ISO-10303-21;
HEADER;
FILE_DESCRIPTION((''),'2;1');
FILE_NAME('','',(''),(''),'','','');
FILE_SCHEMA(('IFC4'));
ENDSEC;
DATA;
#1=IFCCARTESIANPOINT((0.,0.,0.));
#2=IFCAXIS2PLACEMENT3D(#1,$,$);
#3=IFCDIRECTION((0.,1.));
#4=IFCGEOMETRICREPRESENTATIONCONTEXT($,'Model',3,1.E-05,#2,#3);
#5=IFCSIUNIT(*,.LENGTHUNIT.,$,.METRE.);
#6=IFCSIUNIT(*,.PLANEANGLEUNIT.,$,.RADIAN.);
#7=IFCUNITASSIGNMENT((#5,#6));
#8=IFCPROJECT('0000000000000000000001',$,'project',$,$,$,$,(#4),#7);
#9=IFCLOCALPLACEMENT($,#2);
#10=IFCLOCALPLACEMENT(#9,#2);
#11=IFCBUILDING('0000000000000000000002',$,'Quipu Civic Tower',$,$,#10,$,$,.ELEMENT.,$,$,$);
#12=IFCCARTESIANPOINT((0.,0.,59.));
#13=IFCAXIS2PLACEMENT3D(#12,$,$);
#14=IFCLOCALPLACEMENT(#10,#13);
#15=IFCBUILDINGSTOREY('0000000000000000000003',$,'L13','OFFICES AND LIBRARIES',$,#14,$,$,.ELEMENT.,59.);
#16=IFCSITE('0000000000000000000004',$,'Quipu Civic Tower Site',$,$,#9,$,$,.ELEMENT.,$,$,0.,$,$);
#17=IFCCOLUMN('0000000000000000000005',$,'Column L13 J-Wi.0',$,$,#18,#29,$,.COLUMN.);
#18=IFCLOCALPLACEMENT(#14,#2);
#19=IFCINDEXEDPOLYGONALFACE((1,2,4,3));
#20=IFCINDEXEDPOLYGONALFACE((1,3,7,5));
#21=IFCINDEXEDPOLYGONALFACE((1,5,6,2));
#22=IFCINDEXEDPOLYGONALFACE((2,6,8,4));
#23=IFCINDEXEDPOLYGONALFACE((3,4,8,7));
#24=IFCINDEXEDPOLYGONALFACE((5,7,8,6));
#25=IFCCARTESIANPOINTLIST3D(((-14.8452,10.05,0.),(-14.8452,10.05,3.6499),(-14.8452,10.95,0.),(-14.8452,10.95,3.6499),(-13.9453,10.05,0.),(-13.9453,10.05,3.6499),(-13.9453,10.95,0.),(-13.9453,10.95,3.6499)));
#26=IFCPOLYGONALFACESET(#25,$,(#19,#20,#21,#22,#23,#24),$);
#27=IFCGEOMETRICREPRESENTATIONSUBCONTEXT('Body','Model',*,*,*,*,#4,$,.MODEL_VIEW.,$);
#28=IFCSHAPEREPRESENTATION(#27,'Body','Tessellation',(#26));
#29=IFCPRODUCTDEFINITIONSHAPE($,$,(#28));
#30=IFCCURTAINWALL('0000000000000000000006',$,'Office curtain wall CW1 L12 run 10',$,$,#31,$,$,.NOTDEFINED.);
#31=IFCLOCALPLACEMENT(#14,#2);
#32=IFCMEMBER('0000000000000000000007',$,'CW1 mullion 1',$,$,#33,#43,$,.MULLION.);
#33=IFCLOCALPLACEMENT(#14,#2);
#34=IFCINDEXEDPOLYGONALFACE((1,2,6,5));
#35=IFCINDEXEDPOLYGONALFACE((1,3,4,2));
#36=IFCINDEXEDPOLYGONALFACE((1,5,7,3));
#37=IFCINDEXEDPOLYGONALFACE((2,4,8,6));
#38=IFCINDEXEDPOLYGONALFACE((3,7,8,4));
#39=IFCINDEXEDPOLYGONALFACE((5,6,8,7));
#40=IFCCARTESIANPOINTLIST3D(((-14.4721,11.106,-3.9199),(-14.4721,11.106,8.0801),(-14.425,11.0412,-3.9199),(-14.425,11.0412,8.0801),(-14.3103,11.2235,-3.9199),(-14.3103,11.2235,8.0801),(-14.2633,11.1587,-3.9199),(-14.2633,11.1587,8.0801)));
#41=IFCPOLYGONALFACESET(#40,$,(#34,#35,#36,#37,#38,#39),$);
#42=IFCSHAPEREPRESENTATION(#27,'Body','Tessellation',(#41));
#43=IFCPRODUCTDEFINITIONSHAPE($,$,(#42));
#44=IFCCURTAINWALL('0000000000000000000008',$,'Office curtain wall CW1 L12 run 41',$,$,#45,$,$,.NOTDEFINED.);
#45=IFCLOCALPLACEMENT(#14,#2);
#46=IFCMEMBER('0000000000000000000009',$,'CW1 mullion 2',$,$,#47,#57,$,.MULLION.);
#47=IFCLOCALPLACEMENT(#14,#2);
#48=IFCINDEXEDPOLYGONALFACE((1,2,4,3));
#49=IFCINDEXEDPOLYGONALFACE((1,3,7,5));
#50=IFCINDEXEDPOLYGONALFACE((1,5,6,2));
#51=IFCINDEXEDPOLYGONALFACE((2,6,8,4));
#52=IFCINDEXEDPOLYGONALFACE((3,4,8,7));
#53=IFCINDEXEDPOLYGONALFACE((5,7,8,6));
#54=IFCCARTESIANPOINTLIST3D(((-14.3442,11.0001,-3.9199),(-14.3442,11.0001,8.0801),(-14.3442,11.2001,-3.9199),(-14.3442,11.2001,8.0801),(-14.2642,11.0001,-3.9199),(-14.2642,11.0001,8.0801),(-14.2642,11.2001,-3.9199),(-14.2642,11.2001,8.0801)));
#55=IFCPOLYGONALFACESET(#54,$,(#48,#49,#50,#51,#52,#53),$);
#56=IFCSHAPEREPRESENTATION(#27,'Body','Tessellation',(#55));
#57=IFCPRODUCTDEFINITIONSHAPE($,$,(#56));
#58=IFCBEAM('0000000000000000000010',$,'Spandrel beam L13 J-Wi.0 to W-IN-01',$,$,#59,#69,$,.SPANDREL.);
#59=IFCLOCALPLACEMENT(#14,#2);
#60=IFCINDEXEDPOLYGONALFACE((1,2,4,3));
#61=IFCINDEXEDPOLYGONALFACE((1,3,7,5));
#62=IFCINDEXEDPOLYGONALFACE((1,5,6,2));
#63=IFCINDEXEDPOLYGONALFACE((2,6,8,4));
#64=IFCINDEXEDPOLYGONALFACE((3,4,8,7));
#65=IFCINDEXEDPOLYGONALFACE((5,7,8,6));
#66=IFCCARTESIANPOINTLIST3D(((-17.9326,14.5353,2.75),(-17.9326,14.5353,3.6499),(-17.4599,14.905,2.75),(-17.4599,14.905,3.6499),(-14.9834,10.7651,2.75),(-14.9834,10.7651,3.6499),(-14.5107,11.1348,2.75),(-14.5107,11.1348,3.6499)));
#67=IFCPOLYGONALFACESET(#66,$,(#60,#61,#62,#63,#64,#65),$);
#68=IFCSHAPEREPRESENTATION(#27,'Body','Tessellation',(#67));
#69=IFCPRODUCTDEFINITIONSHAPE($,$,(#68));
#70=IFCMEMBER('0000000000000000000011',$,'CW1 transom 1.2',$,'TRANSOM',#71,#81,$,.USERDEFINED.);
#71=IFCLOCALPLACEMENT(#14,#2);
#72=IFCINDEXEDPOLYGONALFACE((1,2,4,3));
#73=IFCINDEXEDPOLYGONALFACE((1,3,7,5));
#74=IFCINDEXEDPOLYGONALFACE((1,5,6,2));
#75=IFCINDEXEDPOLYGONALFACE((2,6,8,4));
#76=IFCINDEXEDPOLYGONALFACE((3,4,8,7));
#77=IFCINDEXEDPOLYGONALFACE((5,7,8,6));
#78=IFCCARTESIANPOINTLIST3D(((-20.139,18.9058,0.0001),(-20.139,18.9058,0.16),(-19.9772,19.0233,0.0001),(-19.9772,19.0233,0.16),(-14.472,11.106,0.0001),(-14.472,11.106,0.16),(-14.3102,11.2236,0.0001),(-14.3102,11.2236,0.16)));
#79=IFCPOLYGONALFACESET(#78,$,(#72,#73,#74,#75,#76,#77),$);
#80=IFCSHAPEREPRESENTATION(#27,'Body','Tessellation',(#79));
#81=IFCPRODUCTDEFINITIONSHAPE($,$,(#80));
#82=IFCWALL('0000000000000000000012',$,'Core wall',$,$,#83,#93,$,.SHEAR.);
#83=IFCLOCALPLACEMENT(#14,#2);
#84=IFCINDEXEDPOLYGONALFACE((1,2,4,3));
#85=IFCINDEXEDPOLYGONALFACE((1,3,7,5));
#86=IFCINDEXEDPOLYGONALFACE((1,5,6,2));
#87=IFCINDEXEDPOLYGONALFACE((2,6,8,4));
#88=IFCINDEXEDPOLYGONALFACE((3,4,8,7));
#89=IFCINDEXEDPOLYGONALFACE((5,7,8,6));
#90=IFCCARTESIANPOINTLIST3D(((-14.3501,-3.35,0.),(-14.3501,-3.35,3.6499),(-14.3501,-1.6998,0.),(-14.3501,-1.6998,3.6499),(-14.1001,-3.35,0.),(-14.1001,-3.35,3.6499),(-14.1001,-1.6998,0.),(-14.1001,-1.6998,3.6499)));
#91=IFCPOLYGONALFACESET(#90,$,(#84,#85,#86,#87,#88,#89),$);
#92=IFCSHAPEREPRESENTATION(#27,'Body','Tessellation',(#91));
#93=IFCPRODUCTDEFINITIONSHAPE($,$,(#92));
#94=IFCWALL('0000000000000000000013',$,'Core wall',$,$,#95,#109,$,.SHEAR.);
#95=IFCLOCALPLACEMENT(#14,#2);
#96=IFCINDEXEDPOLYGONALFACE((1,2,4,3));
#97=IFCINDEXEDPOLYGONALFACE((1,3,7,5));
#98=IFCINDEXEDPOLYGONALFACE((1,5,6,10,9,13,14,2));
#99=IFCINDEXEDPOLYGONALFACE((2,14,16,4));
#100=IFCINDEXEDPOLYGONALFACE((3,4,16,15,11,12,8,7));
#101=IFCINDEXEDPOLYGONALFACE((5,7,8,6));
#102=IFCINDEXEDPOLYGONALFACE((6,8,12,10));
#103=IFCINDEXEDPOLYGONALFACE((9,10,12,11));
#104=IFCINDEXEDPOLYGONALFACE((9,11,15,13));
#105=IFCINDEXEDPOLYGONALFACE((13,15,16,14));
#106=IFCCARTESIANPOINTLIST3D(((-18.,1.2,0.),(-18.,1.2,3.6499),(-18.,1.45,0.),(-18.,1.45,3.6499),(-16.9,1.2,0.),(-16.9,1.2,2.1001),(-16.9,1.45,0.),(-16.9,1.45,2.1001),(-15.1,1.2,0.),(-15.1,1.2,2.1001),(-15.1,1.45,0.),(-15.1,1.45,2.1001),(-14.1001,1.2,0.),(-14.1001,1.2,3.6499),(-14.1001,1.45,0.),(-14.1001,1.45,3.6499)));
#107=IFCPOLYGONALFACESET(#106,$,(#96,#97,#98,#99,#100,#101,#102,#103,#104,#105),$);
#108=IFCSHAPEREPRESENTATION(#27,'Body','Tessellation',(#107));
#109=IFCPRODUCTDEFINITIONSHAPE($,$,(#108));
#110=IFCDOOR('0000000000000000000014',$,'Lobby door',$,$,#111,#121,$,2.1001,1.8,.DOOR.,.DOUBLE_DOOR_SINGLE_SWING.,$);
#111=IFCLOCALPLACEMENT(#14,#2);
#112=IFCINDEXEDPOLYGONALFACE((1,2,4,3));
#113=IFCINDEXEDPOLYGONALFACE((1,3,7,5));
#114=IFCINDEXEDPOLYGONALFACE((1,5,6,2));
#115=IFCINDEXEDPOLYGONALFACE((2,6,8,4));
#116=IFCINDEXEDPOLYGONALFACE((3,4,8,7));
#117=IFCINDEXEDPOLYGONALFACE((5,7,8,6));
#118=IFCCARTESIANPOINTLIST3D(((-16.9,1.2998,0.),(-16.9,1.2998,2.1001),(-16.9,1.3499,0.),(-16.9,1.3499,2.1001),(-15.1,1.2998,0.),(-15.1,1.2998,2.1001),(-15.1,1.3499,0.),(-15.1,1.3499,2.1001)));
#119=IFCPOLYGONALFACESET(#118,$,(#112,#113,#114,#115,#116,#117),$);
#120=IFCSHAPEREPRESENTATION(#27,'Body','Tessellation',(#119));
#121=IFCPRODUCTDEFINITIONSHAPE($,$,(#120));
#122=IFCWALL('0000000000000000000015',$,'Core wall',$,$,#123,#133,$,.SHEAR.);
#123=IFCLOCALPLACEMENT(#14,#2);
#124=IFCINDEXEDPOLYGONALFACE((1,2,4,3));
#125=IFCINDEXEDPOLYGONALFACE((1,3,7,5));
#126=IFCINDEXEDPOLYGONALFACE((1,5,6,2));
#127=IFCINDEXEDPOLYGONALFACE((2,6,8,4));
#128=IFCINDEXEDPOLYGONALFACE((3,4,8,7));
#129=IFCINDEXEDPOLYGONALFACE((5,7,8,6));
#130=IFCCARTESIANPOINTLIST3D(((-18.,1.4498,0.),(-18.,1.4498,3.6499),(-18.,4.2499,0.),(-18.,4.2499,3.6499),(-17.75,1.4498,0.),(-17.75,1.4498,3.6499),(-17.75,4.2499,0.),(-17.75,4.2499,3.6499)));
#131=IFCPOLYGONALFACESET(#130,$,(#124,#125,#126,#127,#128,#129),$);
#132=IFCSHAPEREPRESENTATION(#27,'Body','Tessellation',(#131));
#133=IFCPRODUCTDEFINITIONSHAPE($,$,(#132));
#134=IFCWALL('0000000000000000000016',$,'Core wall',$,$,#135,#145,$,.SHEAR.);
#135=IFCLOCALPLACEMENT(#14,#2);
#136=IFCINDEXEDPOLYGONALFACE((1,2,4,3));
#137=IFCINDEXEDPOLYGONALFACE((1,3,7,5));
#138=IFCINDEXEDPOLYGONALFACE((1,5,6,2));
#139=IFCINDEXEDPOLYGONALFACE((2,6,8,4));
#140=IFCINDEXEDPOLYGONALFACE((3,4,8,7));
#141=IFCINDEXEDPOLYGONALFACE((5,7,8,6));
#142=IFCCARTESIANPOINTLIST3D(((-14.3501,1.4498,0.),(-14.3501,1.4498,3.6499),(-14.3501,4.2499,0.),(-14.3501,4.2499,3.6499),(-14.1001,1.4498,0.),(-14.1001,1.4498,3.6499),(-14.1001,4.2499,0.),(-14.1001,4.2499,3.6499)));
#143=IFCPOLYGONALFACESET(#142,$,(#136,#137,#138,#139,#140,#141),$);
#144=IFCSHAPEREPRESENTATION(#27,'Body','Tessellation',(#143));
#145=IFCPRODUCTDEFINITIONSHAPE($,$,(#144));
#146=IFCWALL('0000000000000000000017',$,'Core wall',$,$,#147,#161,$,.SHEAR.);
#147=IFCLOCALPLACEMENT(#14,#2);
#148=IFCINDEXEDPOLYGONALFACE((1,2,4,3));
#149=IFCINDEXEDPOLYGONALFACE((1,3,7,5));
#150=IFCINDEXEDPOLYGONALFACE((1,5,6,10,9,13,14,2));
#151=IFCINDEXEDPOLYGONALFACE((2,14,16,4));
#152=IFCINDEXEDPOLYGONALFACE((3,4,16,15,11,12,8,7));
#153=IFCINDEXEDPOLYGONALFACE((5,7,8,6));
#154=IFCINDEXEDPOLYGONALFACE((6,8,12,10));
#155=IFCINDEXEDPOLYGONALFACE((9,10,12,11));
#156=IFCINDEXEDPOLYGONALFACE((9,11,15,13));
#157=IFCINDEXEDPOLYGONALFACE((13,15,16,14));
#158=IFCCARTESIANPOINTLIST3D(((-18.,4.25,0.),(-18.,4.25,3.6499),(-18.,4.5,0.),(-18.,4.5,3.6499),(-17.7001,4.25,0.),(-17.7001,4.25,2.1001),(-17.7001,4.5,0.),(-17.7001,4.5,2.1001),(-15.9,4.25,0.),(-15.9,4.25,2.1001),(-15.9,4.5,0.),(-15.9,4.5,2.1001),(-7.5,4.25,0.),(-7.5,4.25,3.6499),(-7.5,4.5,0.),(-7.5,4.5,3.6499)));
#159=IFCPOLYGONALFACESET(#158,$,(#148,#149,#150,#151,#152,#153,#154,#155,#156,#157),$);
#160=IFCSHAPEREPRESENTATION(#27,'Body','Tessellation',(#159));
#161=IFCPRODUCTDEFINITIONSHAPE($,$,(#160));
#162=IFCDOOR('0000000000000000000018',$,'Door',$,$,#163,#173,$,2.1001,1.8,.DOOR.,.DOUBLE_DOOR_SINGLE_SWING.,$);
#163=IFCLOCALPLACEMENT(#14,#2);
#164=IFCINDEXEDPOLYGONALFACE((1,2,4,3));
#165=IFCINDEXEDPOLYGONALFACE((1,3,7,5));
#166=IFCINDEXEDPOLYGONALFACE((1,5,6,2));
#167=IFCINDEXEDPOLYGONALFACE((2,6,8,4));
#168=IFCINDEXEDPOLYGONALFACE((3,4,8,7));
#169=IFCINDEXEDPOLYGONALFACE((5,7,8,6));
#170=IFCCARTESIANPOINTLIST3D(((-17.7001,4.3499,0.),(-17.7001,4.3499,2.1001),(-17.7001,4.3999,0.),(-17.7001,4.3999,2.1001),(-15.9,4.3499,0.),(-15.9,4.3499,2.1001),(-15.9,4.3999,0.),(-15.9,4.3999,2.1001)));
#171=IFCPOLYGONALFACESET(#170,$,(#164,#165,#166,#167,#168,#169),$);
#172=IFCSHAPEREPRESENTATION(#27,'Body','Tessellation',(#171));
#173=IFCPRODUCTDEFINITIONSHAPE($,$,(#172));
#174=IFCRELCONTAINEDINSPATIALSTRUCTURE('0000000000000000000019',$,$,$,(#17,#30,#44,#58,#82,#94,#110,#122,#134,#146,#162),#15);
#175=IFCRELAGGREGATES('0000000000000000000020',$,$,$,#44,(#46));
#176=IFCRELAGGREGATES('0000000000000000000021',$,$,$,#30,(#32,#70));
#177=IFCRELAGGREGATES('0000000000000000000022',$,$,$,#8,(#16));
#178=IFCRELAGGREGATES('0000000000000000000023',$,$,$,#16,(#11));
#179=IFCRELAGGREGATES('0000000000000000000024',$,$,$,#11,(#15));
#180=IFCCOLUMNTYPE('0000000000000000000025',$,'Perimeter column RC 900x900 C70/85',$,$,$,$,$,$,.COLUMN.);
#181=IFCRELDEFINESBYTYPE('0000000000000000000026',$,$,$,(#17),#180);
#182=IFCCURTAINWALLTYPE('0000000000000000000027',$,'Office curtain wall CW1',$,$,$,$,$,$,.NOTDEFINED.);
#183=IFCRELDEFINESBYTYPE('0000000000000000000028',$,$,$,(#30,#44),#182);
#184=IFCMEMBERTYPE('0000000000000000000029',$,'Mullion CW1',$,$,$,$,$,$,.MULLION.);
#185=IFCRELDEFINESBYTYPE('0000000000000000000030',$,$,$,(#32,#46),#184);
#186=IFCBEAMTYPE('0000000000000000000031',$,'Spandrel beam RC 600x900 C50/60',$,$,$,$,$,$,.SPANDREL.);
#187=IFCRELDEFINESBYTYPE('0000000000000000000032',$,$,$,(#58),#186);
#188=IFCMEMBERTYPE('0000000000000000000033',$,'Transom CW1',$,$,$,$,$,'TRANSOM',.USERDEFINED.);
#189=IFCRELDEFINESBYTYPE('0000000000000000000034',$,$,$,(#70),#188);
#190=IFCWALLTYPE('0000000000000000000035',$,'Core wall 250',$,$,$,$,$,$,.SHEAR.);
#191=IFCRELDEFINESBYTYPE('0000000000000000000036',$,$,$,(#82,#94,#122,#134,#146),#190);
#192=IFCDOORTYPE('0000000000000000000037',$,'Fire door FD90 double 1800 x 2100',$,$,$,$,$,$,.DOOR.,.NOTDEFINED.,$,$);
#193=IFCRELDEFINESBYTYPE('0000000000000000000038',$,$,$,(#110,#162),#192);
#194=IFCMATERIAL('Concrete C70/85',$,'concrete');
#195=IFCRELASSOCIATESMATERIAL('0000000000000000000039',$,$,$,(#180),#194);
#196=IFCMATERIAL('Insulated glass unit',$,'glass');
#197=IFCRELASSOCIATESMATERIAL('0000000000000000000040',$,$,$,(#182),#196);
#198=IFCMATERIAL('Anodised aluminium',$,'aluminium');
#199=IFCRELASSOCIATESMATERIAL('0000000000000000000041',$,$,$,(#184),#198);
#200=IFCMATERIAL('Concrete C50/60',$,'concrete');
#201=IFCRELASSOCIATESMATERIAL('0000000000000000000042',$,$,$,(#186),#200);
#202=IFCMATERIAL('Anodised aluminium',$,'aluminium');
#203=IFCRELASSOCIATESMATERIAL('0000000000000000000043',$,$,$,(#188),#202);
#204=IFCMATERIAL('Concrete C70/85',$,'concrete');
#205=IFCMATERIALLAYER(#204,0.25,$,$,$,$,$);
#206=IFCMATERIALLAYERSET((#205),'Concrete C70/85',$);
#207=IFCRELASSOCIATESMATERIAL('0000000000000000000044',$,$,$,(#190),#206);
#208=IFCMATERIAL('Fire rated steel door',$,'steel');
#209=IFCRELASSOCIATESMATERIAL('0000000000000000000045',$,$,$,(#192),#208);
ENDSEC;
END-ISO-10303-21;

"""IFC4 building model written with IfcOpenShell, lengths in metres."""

from ifc_helpers import new_model, si_unit, direction, frame, frame_2d, origin, origin_2d, place, context, subcontext, project, spatial, rectangle, extrude, material, layer, layer_set, material_profile, profile_set, type_object, element, fill, aggregate, save


model = new_model("IFC4")

# Units and contexts
model_context = context("Model", 3, precision=1e-05, world=origin(), true_north=direction((0.0, 1.0)))
body_context = subcontext(model_context, "Body", "Model", "MODEL_VIEW")
ifc_project = project(units=[si_unit("LENGTHUNIT", "METRE"), si_unit("PLANEANGLEUNIT", "RADIAN")], contexts=[model_context])

# Site, building, storey
site_placement = place(None, origin())
site = spatial("IfcSite", under=ifc_project, at=site_placement, Name="Quipu Civic Tower Site", CompositionType="ELEMENT", RefElevation=0.0)
building_placement = place(site_placement, origin())
building = spatial("IfcBuilding", under=site, at=building_placement, Name="Quipu Civic Tower", CompositionType="ELEMENT")
storey_placement = place(building_placement, frame((0.0, 0.0, 59.0)))
storey = spatial("IfcBuildingStorey", under=building, at=storey_placement, Name="L13", Description="OFFICES AND LIBRARIES", CompositionType="ELEMENT", Elevation=59.0)

# Column
ifc_material_1 = material(Name="Concrete C70/85", Category="concrete")
ifc_material_profile_1 = material_profile(ifc_material_1, rectangle(XDim=0.8999, YDim=0.8999, at=origin_2d()), Name="RC900x900")
ifc_profile_set_1 = profile_set([ifc_material_profile_1], Name="Concrete C70/85")
column_type = type_object("IfcColumnType", Name="Perimeter column RC 900x900 C70/85", PredefinedType="COLUMN", material=ifc_profile_set_1)
column_placement = place(storey_placement, frame((-14.3953, 10.5, 0.0), z_axis=(0.0, 0.0, 1.0), x_axis=(-1.0, 0.0, 0.0)))
element("IfcColumn", 1, at=column_placement, inside=storey, type_object=column_type, Name="Column L13 J-Wi.0", PredefinedType="COLUMN", context=body_context, shape_type="SweptSolid", body=[
    extrude(rectangle(XDim=0.8999, YDim=0.8999, at=origin_2d()), origin(), (0.0, 0.0, 1.0), 3.6499),
])

# Curtain walls, members
ifc_material_2 = material(Name="Insulated glass unit", Category="glass")
curtain_wall_type = type_object("IfcCurtainWallType", Name="Office curtain wall CW1", PredefinedType="NOTDEFINED", material=ifc_material_2)
curtain_wall_1_placement = place(storey_placement, origin())
curtain_wall_1 = element("IfcCurtainWall", 2, at=curtain_wall_1_placement, inside=storey, type_object=curtain_wall_type, Name="Office curtain wall CW1 L12 run 10", PredefinedType="NOTDEFINED")
ifc_material_3 = material(Name="Anodised aluminium", Category="aluminium")
ifc_material_profile_2 = material_profile(ifc_material_3, rectangle(XDim=0.2, YDim=0.0801, at=origin_2d()), Name="RECT 200x80")
ifc_profile_set_2 = profile_set([ifc_material_profile_2], Name="Anodised aluminium")
member_type_1 = type_object("IfcMemberType", Name="Mullion CW1", PredefinedType="MULLION", material=ifc_profile_set_2)
member_1_placement = place(storey_placement, frame((-14.3677, 11.1323, -3.9199), z_axis=(0.0, 0.0, 1.0), x_axis=(-0.809017, -0.587786, 0.0)))
member_1 = element("IfcMember", 3, at=member_1_placement, type_object=member_type_1, Name="CW1 mullion 1", PredefinedType="MULLION", context=body_context, shape_type="SweptSolid", body=[
    extrude(rectangle(XDim=0.2, YDim=0.0801, at=origin_2d()), origin(), (0.0, 0.0, 1.0), 12.0),
])
curtain_wall_2_placement = place(storey_placement, origin())
curtain_wall_2 = element("IfcCurtainWall", 4, at=curtain_wall_2_placement, inside=storey, type_object=curtain_wall_type, Name="Office curtain wall CW1 L12 run 41", PredefinedType="NOTDEFINED")
member_2_placement = place(storey_placement, frame((-14.3042, 11.1001, -3.9199), z_axis=(0.0, 0.0, 1.0), x_axis=(0.0, -1.0, 0.0)))
member_2 = element("IfcMember", 5, at=member_2_placement, type_object=member_type_1, Name="CW1 mullion 2", PredefinedType="MULLION", context=body_context, shape_type="SweptSolid", body=[
    extrude(rectangle(XDim=0.2, YDim=0.0801, at=origin_2d()), origin(), (0.0, 0.0, 1.0), 12.0),
])
aggregate(curtain_wall_2, [member_2])

# Beam
ifc_material_4 = material(Name="Concrete C50/60", Category="concrete")
ifc_material_profile_3 = material_profile(ifc_material_4, rectangle(XDim=0.6001, YDim=0.8999, at=origin_2d()), Name="RC600x900")
ifc_profile_set_3 = profile_set([ifc_material_profile_3], Name="Concrete C50/60")
beam_type = type_object("IfcBeamType", Name="Spandrel beam RC 600x900 C50/60", PredefinedType="SPANDREL", material=ifc_profile_set_3)
beam_placement = place(storey_placement, frame((-14.7471, 10.95, 3.2), z_axis=(-0.616124, 0.787649, 0.0), x_axis=(-0.787649, -0.616124, 0.0)))
element("IfcBeam", 6, at=beam_placement, inside=storey, type_object=beam_type, Name="Spandrel beam L13 J-Wi.0 to W-IN-01", PredefinedType="SPANDREL", context=body_context, shape_type="SweptSolid", body=[
    extrude(rectangle(XDim=0.6001, YDim=0.8999, at=origin_2d()), origin(), (0.0, 0.0, 1.0), 4.7866),
])

# Member
ifc_material_5 = material(Name="Anodised aluminium", Category="aluminium")
ifc_material_profile_4 = material_profile(ifc_material_5, rectangle(XDim=0.2, YDim=0.1599, at=origin_2d()), Name="RECT 200x160")
ifc_profile_set_4 = profile_set([ifc_material_profile_4], Name="Anodised aluminium")
member_type_2 = type_object("IfcMemberType", Name="Transom CW1", ElementType="TRANSOM", PredefinedType="USERDEFINED", material=ifc_profile_set_4)
member_3_placement = place(storey_placement, frame((-14.3911, 11.1648, 0.0801), z_axis=(-0.587792, 0.809012, 0.0), x_axis=(-0.809012, -0.587792, 0.0)))
member_3 = element("IfcMember", 7, at=member_3_placement, type_object=member_type_2, Name="CW1 transom 1.2", ObjectType="TRANSOM", PredefinedType="USERDEFINED", context=body_context, shape_type="SweptSolid", body=[
    extrude(rectangle(XDim=0.2, YDim=0.1599, at=origin_2d()), origin(), (0.0, 0.0, 1.0), 9.6411),
])
aggregate(curtain_wall_1, [member_1, member_3])

# Wall
ifc_material_6 = material(Name="Concrete C70/85", Category="concrete")
ifc_layer_1 = layer(ifc_material_6, 0.25)
ifc_layer_set_1 = layer_set([ifc_layer_1], Name="Concrete C70/85")
wall_type_1 = type_object("IfcWallType", Name="Core wall 250", PredefinedType="SHEAR", material=ifc_layer_set_1)
wall_1_placement = place(storey_placement, frame((-14.2251, -3.3501, 0.0), z_axis=(0.0, 0.0, 1.0), x_axis=(0.0, 1.0, 0.0)))
element("IfcWall", 8, at=wall_1_placement, inside=storey, type_object=wall_type_1, Name="Core wall", PredefinedType="SHEAR", context=body_context, shape_type="SweptSolid", body=[
    extrude(rectangle(XDim=1.6501, YDim=0.25, at=frame_2d((0.8252, 0.0))), origin(), (0.0, 0.0, 1.0), 3.6499),
])

# Wall, opening, door
wall_2_placement = place(storey_placement, frame((-18.0, 1.325, 0.0), z_axis=(0.0, 0.0, 1.0), x_axis=(1.0, 0.0, 0.0)))
wall_2 = element("IfcWall", 9, at=wall_2_placement, inside=storey, type_object=wall_type_1, Name="Core wall", PredefinedType="SHEAR", context=body_context, shape_type="SweptSolid", body=[
    extrude(rectangle(XDim=3.8999, YDim=0.25, at=frame_2d((1.95, 0.0))), origin(), (0.0, 0.0, 1.0), 3.6499),
])
opening_1_placement = place(wall_2_placement, frame((1.1001, 0.0, 0.0)))
opening_1 = element("IfcOpeningElement", 10, at=opening_1_placement, cuts=wall_2, PredefinedType="OPENING", context=body_context, shape_type="SweptSolid", body=[
    extrude(rectangle(XDim=1.8, YDim=2.1001, at=frame_2d((0.8999, 1.05))), frame((0.0, 0.135, 0.0), z_axis=(0.0, -1.0, 0.0), x_axis=(1.0, 0.0, 0.0)), (0.0, 0.0, 1.0), 0.27),
])
ifc_material_7 = material(Name="Fire rated steel door", Category="steel")
door_type = type_object("IfcDoorType", Name="Fire door FD90 double 1800 x 2100", OperationType="NOTDEFINED", PredefinedType="DOOR", material=ifc_material_7)
door_1_placement = place(opening_1_placement, origin())
door_1 = element("IfcDoor", 11, at=door_1_placement, inside=storey, type_object=door_type, Name="Lobby door", OperationType="DOUBLE_DOOR_SINGLE_SWING", OverallHeight=2.1001, OverallWidth=1.8, PredefinedType="DOOR", context=body_context, shape_type="SweptSolid", body=[
    extrude(rectangle(XDim=1.8, YDim=2.1001, at=frame_2d((0.8999, 1.05))), frame((0.0, 0.0249, 0.0), z_axis=(0.0, -1.0, 0.0), x_axis=(1.0, 0.0, 0.0)), (0.0, 0.0, 1.0), 0.05),
])
fill(opening_1, door_1)

# Walls
for number, where, z_axis, x_axis, name in (
    (12, (-17.875, 1.45, 0.0), (0.0, 0.0, 1.0), (0.0, 1.0, 0.0), "Core wall"),
    (13, (-14.2251, 1.45, 0.0), (0.0, 0.0, 1.0), (0.0, 1.0, 0.0), "Core wall"),
):
    element("IfcWall", number, at=place(storey_placement, frame(where, z_axis=z_axis, x_axis=x_axis)), inside=storey, type_object=wall_type_1, Name=name, PredefinedType="SHEAR", context=body_context, shape_type="SweptSolid", body=[
        extrude(rectangle(XDim=2.8, YDim=0.25, at=frame_2d((1.3999, 0.0))), origin(), (0.0, 0.0, 1.0), 3.6499),
    ])

# Wall, opening, door
wall_3_placement = place(storey_placement, frame((-18.0, 4.375, 0.0), z_axis=(0.0, 0.0, 1.0), x_axis=(1.0, 0.0, 0.0)))
wall_3 = element("IfcWall", 14, at=wall_3_placement, inside=storey, type_object=wall_type_1, Name="Core wall", PredefinedType="SHEAR", context=body_context, shape_type="SweptSolid", body=[
    extrude(rectangle(XDim=10.5, YDim=0.25, at=frame_2d((5.25, 0.0))), origin(), (0.0, 0.0, 1.0), 3.6499),
])
opening_2_placement = place(wall_3_placement, frame((0.3, 0.0, 0.0)))
opening_2 = element("IfcOpeningElement", 15, at=opening_2_placement, cuts=wall_3, PredefinedType="OPENING", context=body_context, shape_type="SweptSolid", body=[
    extrude(rectangle(XDim=1.8, YDim=2.1001, at=frame_2d((0.8999, 1.05))), frame((0.0, 0.135, 0.0), z_axis=(0.0, -1.0, 0.0), x_axis=(1.0, 0.0, 0.0)), (0.0, 0.0, 1.0), 0.27),
])
door_2_placement = place(opening_2_placement, origin())
door_2 = element("IfcDoor", 16, at=door_2_placement, inside=storey, type_object=door_type, Name="Door", OperationType="DOUBLE_DOOR_SINGLE_SWING", OverallHeight=2.1001, OverallWidth=1.8, PredefinedType="DOOR", context=body_context, shape_type="SweptSolid", body=[
    extrude(rectangle(XDim=1.8, YDim=2.1001, at=frame_2d((0.8999, 1.05))), frame((0.0, 0.0249, 0.0), z_axis=(0.0, -1.0, 0.0), x_axis=(1.0, 0.0, 0.0)), (0.0, 0.0, 1.0), 0.05),
])
fill(opening_2, door_2)

save(model, "model.ifc")
